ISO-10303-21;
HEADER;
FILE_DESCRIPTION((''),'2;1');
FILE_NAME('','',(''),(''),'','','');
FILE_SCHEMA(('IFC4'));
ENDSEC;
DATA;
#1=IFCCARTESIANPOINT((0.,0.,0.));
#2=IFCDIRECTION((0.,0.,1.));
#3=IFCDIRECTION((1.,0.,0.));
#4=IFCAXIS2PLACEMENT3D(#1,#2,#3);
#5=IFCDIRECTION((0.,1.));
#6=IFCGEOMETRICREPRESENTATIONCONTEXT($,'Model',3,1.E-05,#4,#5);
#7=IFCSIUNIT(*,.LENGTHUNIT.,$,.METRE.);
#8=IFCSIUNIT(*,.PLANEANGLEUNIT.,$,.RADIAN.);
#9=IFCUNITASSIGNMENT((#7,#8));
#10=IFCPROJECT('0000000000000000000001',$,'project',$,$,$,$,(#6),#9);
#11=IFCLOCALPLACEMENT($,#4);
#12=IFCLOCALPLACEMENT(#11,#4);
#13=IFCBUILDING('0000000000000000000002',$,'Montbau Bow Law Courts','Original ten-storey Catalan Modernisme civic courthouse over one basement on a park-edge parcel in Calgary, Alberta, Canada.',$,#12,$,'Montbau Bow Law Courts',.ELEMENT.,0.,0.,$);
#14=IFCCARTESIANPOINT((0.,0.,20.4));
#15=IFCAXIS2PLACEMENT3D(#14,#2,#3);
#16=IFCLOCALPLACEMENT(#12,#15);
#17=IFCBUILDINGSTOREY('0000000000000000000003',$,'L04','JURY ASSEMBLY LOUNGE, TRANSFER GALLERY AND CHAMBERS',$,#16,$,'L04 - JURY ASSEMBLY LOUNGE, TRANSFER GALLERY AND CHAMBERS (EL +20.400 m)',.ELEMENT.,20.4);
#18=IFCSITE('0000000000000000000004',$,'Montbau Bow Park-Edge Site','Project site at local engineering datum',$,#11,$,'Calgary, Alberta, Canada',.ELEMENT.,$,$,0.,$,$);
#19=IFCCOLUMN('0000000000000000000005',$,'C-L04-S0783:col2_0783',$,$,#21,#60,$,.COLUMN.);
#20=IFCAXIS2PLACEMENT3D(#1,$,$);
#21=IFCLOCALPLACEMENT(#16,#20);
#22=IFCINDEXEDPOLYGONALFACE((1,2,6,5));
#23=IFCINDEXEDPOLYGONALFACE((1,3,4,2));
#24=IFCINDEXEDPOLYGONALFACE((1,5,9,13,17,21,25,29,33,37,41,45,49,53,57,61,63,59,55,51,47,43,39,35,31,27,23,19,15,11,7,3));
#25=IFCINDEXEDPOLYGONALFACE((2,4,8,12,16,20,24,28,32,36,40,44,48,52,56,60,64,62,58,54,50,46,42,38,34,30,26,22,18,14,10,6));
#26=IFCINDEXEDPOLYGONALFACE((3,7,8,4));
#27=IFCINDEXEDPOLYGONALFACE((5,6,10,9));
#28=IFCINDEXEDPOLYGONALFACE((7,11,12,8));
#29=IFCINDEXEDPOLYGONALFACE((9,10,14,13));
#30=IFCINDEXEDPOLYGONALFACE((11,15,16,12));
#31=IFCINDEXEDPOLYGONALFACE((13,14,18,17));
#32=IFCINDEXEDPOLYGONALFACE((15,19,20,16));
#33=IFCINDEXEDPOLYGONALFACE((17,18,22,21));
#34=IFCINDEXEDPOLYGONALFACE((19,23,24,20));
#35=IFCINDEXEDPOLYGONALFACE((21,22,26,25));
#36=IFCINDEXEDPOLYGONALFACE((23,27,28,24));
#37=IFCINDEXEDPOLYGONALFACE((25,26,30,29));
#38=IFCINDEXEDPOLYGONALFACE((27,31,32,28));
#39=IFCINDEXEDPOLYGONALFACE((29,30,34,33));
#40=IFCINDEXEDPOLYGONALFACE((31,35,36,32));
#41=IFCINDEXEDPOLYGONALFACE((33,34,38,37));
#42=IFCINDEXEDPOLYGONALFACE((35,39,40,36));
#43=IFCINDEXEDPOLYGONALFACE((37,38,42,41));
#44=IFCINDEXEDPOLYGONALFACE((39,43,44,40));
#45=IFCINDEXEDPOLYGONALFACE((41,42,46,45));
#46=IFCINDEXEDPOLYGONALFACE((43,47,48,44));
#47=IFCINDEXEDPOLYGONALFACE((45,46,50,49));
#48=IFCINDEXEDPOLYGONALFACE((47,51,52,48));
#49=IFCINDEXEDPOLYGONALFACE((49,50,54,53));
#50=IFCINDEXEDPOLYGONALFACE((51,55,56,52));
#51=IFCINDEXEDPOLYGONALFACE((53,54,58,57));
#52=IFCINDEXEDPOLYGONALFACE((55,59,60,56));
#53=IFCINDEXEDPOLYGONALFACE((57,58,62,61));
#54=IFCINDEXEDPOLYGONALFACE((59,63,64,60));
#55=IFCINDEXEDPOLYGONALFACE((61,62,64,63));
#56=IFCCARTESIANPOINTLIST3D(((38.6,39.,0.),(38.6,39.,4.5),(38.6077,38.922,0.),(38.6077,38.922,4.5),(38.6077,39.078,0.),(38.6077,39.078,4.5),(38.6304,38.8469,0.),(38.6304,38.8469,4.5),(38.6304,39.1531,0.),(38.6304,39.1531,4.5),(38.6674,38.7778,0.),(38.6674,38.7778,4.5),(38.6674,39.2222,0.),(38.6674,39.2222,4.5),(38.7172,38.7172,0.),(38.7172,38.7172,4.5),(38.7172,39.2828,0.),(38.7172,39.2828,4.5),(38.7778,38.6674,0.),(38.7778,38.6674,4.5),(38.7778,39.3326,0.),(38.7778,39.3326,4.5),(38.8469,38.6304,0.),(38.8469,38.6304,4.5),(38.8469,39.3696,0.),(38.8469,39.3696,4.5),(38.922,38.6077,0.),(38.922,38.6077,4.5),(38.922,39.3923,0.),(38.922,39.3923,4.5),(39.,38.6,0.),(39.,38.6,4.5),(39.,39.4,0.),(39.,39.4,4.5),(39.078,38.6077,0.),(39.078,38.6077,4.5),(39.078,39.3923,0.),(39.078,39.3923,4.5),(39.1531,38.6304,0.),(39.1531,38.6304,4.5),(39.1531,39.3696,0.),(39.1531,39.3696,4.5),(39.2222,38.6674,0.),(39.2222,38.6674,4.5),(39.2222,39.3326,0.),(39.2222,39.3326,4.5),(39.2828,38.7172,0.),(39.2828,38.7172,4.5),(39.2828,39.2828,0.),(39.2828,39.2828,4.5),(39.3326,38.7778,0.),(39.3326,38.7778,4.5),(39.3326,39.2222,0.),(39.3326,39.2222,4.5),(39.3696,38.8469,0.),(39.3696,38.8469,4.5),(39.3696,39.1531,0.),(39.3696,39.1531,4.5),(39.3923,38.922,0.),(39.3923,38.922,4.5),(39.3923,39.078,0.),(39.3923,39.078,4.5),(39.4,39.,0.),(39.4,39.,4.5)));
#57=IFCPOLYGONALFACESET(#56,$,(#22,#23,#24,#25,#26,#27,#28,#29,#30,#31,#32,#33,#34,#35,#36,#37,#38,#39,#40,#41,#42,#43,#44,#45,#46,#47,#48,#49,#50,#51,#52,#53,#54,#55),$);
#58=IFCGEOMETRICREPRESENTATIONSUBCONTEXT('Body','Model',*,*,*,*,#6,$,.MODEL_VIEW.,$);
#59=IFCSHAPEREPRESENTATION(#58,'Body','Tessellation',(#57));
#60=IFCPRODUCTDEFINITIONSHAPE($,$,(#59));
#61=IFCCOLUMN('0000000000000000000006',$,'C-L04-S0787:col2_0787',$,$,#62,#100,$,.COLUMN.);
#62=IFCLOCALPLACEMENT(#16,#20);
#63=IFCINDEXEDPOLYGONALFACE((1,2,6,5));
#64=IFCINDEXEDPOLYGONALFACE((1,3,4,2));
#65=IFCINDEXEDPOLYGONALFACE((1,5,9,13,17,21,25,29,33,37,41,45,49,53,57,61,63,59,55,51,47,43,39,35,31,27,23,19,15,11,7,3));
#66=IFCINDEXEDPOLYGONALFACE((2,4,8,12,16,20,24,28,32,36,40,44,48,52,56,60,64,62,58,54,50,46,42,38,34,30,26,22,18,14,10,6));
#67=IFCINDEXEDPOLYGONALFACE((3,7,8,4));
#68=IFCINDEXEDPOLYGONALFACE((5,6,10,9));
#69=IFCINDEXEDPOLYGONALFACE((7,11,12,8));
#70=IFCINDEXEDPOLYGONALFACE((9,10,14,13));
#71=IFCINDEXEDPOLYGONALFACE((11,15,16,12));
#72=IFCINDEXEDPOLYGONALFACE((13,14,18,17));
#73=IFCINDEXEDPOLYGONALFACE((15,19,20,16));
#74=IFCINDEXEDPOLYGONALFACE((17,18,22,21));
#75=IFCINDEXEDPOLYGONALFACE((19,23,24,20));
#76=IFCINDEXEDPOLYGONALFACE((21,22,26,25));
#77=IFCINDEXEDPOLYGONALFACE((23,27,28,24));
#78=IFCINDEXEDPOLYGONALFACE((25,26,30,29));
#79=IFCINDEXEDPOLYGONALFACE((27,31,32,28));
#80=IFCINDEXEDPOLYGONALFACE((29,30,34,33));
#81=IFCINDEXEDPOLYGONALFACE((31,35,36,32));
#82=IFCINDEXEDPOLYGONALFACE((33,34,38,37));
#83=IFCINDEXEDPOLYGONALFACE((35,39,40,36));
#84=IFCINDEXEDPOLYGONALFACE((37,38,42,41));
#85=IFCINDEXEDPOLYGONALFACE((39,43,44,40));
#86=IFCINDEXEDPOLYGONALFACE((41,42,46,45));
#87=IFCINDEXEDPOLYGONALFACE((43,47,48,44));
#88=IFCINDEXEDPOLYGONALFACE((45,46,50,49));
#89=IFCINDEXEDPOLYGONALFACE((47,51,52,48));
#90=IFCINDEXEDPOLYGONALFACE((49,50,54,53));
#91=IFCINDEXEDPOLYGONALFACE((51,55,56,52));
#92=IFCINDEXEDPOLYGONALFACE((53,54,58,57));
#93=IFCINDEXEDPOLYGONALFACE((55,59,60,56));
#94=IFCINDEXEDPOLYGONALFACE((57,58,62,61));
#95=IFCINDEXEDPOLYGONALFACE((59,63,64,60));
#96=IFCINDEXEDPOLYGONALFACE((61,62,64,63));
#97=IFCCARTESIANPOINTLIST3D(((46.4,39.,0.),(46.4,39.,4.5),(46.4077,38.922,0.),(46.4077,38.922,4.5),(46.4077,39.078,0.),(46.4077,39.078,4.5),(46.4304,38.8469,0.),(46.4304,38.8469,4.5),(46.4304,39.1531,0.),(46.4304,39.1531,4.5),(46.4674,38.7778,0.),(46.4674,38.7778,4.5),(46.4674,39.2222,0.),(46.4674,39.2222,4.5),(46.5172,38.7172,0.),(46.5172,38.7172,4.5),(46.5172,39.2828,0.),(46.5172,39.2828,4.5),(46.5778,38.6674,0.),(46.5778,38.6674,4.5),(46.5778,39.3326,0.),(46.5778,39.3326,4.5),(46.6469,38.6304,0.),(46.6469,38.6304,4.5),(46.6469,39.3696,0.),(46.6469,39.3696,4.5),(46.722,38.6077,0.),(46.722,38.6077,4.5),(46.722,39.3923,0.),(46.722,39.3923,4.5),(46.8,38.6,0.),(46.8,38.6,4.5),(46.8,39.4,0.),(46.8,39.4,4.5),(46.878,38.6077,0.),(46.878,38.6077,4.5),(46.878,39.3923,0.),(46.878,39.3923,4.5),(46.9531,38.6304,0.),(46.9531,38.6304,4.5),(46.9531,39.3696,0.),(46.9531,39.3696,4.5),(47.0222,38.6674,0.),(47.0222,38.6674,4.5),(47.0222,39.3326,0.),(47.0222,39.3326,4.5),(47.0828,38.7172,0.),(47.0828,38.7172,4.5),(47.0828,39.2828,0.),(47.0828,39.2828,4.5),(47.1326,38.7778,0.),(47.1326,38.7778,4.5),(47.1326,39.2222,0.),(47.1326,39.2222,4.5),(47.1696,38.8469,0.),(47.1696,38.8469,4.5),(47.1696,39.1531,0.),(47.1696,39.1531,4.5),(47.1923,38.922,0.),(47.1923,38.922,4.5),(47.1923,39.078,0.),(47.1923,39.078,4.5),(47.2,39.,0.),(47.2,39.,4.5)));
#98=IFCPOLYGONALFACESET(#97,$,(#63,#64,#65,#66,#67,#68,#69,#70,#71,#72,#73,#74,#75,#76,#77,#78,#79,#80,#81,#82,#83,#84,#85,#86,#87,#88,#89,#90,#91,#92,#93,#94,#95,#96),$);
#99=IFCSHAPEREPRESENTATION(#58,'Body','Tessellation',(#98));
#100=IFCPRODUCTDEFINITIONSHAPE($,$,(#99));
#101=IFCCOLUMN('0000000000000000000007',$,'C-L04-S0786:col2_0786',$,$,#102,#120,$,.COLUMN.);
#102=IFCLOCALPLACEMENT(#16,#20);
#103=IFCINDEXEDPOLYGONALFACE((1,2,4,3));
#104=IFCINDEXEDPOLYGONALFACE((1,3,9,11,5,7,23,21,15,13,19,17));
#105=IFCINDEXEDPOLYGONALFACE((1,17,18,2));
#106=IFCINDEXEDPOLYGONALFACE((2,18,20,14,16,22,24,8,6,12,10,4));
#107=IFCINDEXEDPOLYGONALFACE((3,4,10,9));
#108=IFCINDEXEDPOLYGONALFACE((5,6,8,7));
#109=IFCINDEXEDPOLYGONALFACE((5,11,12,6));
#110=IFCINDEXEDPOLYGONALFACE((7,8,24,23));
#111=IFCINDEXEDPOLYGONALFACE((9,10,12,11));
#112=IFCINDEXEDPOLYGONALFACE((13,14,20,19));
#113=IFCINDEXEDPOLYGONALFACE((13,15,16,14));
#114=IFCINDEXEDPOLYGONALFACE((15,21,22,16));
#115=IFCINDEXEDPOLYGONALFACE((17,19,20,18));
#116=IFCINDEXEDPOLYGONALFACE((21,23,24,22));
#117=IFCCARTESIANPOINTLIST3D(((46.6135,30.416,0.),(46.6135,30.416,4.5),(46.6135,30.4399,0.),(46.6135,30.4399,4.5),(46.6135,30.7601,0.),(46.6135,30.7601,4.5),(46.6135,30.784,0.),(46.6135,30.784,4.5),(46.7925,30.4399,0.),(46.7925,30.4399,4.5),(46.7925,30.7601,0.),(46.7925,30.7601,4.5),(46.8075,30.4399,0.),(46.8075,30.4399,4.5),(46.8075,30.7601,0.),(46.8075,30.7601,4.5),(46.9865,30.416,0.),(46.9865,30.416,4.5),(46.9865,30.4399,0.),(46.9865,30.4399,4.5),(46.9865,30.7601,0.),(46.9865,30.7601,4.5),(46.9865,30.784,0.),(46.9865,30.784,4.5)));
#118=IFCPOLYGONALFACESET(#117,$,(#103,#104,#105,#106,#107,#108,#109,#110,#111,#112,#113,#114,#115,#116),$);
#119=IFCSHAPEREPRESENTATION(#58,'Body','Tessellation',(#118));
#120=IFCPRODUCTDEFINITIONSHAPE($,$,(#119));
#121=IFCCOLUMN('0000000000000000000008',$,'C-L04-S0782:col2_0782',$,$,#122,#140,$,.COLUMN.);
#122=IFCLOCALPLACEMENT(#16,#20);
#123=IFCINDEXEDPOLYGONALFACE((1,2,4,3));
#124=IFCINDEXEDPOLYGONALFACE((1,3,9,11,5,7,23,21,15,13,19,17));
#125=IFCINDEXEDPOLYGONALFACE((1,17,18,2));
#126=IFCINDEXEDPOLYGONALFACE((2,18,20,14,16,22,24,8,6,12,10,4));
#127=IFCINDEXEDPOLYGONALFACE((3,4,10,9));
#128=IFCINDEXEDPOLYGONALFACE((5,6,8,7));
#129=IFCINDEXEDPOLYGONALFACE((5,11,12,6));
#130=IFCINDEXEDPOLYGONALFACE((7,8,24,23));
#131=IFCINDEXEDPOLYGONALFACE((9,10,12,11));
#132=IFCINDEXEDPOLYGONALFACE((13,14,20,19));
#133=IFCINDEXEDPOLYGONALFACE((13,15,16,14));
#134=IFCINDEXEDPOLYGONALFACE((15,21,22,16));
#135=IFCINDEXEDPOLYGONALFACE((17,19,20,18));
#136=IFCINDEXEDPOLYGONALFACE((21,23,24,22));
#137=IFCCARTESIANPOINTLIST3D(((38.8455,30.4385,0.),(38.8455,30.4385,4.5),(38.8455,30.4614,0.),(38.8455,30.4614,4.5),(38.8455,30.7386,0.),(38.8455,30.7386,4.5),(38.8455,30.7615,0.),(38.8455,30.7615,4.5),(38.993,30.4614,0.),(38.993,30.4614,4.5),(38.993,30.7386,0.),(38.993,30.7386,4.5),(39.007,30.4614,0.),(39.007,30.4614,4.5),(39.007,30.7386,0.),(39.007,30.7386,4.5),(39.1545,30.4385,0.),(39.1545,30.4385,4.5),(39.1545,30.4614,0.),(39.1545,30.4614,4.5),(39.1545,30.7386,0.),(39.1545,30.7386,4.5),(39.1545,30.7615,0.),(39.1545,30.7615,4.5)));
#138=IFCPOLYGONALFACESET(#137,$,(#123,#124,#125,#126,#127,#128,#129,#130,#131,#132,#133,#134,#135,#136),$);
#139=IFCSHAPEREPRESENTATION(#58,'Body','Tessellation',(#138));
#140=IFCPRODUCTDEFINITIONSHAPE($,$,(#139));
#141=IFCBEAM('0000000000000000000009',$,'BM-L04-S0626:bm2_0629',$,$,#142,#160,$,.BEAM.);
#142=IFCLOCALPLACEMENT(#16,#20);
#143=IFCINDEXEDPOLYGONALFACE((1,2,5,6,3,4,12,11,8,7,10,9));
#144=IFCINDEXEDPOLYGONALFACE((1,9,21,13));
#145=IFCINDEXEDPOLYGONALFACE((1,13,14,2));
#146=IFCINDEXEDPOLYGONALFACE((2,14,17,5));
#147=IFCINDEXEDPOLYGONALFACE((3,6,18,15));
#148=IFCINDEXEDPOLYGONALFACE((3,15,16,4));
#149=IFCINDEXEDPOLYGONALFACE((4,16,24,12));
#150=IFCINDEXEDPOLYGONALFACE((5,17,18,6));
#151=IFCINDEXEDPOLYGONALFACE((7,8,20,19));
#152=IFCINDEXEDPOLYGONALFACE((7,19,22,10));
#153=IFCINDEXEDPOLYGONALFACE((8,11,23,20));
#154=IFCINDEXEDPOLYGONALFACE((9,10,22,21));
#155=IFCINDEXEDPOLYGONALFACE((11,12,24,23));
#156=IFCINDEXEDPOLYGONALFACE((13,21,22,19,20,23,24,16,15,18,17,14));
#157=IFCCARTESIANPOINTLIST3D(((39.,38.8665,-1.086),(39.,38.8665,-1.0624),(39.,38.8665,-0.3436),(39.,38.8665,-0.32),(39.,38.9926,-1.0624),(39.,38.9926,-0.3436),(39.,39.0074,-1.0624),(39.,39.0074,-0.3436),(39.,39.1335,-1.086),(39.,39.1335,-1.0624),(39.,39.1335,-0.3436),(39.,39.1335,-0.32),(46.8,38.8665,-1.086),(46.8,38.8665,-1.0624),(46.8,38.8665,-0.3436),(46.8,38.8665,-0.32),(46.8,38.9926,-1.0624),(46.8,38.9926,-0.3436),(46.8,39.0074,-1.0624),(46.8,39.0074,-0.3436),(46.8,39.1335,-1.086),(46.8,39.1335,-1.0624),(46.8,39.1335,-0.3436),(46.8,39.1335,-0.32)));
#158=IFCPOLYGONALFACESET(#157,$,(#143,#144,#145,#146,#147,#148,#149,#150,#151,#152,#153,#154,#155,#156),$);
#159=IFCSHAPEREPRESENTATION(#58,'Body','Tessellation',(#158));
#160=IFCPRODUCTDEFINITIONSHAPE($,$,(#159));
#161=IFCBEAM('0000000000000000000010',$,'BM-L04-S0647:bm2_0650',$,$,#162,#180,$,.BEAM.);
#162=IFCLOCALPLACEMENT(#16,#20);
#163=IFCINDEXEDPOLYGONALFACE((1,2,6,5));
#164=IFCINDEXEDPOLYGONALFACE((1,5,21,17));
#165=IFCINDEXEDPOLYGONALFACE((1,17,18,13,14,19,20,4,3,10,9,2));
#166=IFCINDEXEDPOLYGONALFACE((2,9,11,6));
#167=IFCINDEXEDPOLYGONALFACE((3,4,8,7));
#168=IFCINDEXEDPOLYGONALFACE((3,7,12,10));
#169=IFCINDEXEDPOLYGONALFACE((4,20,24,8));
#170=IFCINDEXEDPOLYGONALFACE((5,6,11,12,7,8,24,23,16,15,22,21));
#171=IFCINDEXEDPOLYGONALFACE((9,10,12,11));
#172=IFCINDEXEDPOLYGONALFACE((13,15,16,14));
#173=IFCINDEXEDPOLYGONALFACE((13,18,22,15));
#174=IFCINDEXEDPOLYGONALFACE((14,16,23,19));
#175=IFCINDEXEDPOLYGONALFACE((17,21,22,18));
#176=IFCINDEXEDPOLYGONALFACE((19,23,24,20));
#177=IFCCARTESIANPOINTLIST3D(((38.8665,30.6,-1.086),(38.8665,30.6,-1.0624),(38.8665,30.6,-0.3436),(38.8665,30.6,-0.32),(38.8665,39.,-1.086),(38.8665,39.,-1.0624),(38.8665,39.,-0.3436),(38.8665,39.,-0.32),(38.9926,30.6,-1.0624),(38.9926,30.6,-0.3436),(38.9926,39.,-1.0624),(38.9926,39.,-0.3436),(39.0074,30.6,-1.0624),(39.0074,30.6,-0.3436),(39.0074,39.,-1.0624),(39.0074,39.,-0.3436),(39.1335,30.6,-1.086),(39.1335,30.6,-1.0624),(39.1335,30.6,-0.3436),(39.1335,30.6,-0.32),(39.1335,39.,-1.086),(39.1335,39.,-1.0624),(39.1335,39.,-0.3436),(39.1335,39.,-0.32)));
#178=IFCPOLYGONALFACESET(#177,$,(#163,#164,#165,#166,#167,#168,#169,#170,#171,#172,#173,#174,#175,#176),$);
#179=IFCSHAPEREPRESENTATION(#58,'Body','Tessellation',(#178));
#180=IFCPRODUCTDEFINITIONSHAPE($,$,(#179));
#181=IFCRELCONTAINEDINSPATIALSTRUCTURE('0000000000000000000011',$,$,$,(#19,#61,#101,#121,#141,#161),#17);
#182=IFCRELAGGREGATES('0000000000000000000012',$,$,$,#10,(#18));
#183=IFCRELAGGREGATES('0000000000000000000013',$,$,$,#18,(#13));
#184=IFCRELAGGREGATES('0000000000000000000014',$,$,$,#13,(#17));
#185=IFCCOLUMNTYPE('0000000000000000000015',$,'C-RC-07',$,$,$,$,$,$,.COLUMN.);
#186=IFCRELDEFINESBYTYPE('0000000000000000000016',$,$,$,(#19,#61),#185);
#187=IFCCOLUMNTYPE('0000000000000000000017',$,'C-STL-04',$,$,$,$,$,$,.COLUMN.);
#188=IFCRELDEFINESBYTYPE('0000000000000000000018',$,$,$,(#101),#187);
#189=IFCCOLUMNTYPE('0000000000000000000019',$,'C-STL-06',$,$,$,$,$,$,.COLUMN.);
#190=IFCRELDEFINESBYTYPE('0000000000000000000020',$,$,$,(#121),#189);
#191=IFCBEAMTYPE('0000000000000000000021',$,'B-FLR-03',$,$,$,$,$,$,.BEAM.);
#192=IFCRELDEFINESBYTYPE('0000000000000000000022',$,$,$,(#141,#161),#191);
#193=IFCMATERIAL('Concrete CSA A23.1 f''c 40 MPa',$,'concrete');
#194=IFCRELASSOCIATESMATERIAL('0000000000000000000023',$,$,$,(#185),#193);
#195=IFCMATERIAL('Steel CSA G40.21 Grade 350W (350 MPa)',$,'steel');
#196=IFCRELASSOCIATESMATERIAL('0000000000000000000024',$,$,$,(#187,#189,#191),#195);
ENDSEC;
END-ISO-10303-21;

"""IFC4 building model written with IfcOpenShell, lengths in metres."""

from ifc_helpers import new_model, si_unit, direction, frame, origin_with_axes, origin_2d_with_axis, place, context, subcontext, project, spatial, circle, i_section, extrude, material, material_profile, profile_set, type_object, element, save


model = new_model("IFC4")

# Units and contexts
model_context = context("Model", 3, precision=1e-05, world=origin_with_axes(), true_north=direction((0.0, 1.0)))
body_context = subcontext(model_context, "Body", "Model", "MODEL_VIEW")
ifc_project = project(units=[si_unit("LENGTHUNIT", "METRE"), si_unit("PLANEANGLEUNIT", "RADIAN")], contexts=[model_context])

# Site, building, storey
site_placement = place(None, origin_with_axes())
site = spatial("IfcSite", under=ifc_project, at=site_placement, Name="Montbau Bow Park-Edge Site", Description="Project site at local engineering datum", LongName="Calgary, Alberta, Canada", CompositionType="ELEMENT", RefElevation=0.0)
building_placement = place(site_placement, origin_with_axes())
building = spatial("IfcBuilding", under=site, at=building_placement, Name="Montbau Bow Law Courts", Description="Original ten-storey Catalan Modernisme civic courthouse over one basement on a park-edge parcel in Calgary, Alberta, Canada.", LongName="Montbau Bow Law Courts", CompositionType="ELEMENT", ElevationOfRefHeight=0.0, ElevationOfTerrain=0.0)
storey_placement = place(building_placement, frame((0.0, 0.0, 20.4), z_axis=(0.0, 0.0, 1.0), x_axis=(1.0, 0.0, 0.0)))
storey = spatial("IfcBuildingStorey", under=building, at=storey_placement, Name="L04", Description="JURY ASSEMBLY LOUNGE, TRANSFER GALLERY AND CHAMBERS", LongName="L04 - JURY ASSEMBLY LOUNGE, TRANSFER GALLERY AND CHAMBERS (EL +20.400 m)", CompositionType="ELEMENT", Elevation=20.4)

# Columns
ifc_material_1 = material(Name="Concrete CSA A23.1 f'c 40 MPa", Category="concrete")
ifc_material_profile_1 = material_profile(ifc_material_1, circle(Radius=0.4, at=origin_2d_with_axis()), Name="RC800D", Category="Main", Priority=0)
ifc_profile_set_1 = profile_set([ifc_material_profile_1], Name="Concrete CSA A23.1 f'c 40 MPa")
column_type_1 = type_object("IfcColumnType", Name="C-RC-07", PredefinedType="COLUMN", material=ifc_profile_set_1)
for number, where, z_axis, x_axis, name in (
    (1, (39.0, 39.0, 20.4), (0.0, 0.0, 1.0), (1.0, 0.0, 0.0), "C-L04-S0783:col2_0783"),
    (2, (46.8, 39.0, 20.4), (0.0, 0.0, 1.0), (1.0, 0.0, 0.0), "C-L04-S0787:col2_0787"),
):
    element("IfcColumn", number, at=place(None, frame(where, z_axis=z_axis, x_axis=x_axis)), inside=storey, type_object=column_type_1, Name=name, PredefinedType="COLUMN", context=body_context, shape_type="SweptSolid", body=[
        extrude(circle(Radius=0.4, at=origin_2d_with_axis()), origin_with_axes(), (0.0, 0.0, 1.0), 4.5),
    ])
ifc_material_2 = material(Name="Steel CSA G40.21 Grade 350W (350 MPa)", Category="steel")
ifc_material_profile_2 = material_profile(ifc_material_2, i_section(OverallWidth=0.373, OverallDepth=0.368, WebThickness=0.015, FlangeThickness=0.0239, at=origin_2d_with_axis()), Name="W360X179", Category="Main", Priority=0)
ifc_profile_set_2 = profile_set([ifc_material_profile_2], Name="Steel CSA G40.21 Grade 350W (350 MPa)")
column_type_2 = type_object("IfcColumnType", Name="C-STL-04", PredefinedType="COLUMN", material=ifc_profile_set_2)
column_1_placement = place(None, frame((46.8, 30.6, 20.4), z_axis=(0.0, 0.0, 1.0), x_axis=(1.0, 0.0, 0.0)))
element("IfcColumn", 3, at=column_1_placement, inside=storey, type_object=column_type_2, Name="C-L04-S0786:col2_0786", PredefinedType="COLUMN", context=body_context, shape_type="SweptSolid", body=[
    extrude(i_section(OverallWidth=0.373, OverallDepth=0.368, WebThickness=0.015, FlangeThickness=0.0239, at=origin_2d_with_axis()), origin_with_axes(), (0.0, 0.0, 1.0), 4.5),
])
ifc_material_profile_3 = material_profile(ifc_material_2, i_section(OverallWidth=0.309, OverallDepth=0.323, WebThickness=0.014, FlangeThickness=0.0229, at=origin_2d_with_axis()), Name="W310X143", Category="Main", Priority=0)
ifc_profile_set_3 = profile_set([ifc_material_profile_3], Name="Steel CSA G40.21 Grade 350W (350 MPa)")
column_type_3 = type_object("IfcColumnType", Name="C-STL-06", PredefinedType="COLUMN", material=ifc_profile_set_3)
column_2_placement = place(None, frame((39.0, 30.6, 20.4), z_axis=(0.0, 0.0, 1.0), x_axis=(1.0, 0.0, 0.0)))
element("IfcColumn", 4, at=column_2_placement, inside=storey, type_object=column_type_3, Name="C-L04-S0782:col2_0782", PredefinedType="COLUMN", context=body_context, shape_type="SweptSolid", body=[
    extrude(i_section(OverallWidth=0.309, OverallDepth=0.323, WebThickness=0.014, FlangeThickness=0.0229, at=origin_2d_with_axis()), origin_with_axes(), (0.0, 0.0, 1.0), 4.5),
])

# Beams
ifc_material_profile_4 = material_profile(ifc_material_2, i_section(OverallWidth=0.267, OverallDepth=0.766, WebThickness=0.0149, FlangeThickness=0.0236, at=origin_2d_with_axis()), Name="W760X185", Category="Main", Priority=0)
ifc_profile_set_4 = profile_set([ifc_material_profile_4], Name="Steel CSA G40.21 Grade 350W (350 MPa)")
beam_type_1 = type_object("IfcBeamType", Name="B-FLR-03", PredefinedType="BEAM", material=ifc_profile_set_4)
beam_1_placement = place(None, frame((39.0, 39.0, 19.697), z_axis=(1.0, 0.0, 0.0), x_axis=(0.0, 1.0, 0.0)))
element("IfcBeam", 5, at=beam_1_placement, inside=storey, type_object=beam_type_1, Name="BM-L04-S0626:bm2_0629", PredefinedType="BEAM", context=body_context, shape_type="SweptSolid", body=[
    extrude(i_section(OverallWidth=0.267, OverallDepth=0.766, WebThickness=0.0149, FlangeThickness=0.0236, at=origin_2d_with_axis()), origin_with_axes(), (0.0, 0.0, 1.0), 7.8),
])
beam_2_placement = place(None, frame((39.0, 30.6, 19.697), z_axis=(0.0, 1.0, 0.0), x_axis=(-1.0, 0.0, 0.0)))
element("IfcBeam", 6, at=beam_2_placement, inside=storey, type_object=beam_type_1, Name="BM-L04-S0647:bm2_0650", PredefinedType="BEAM", context=body_context, shape_type="SweptSolid", body=[
    extrude(i_section(OverallWidth=0.267, OverallDepth=0.766, WebThickness=0.0149, FlangeThickness=0.0236, at=origin_2d_with_axis()), origin_with_axes(), (0.0, 0.0, 1.0), 8.4),
])

save(model, "model.ifc")
